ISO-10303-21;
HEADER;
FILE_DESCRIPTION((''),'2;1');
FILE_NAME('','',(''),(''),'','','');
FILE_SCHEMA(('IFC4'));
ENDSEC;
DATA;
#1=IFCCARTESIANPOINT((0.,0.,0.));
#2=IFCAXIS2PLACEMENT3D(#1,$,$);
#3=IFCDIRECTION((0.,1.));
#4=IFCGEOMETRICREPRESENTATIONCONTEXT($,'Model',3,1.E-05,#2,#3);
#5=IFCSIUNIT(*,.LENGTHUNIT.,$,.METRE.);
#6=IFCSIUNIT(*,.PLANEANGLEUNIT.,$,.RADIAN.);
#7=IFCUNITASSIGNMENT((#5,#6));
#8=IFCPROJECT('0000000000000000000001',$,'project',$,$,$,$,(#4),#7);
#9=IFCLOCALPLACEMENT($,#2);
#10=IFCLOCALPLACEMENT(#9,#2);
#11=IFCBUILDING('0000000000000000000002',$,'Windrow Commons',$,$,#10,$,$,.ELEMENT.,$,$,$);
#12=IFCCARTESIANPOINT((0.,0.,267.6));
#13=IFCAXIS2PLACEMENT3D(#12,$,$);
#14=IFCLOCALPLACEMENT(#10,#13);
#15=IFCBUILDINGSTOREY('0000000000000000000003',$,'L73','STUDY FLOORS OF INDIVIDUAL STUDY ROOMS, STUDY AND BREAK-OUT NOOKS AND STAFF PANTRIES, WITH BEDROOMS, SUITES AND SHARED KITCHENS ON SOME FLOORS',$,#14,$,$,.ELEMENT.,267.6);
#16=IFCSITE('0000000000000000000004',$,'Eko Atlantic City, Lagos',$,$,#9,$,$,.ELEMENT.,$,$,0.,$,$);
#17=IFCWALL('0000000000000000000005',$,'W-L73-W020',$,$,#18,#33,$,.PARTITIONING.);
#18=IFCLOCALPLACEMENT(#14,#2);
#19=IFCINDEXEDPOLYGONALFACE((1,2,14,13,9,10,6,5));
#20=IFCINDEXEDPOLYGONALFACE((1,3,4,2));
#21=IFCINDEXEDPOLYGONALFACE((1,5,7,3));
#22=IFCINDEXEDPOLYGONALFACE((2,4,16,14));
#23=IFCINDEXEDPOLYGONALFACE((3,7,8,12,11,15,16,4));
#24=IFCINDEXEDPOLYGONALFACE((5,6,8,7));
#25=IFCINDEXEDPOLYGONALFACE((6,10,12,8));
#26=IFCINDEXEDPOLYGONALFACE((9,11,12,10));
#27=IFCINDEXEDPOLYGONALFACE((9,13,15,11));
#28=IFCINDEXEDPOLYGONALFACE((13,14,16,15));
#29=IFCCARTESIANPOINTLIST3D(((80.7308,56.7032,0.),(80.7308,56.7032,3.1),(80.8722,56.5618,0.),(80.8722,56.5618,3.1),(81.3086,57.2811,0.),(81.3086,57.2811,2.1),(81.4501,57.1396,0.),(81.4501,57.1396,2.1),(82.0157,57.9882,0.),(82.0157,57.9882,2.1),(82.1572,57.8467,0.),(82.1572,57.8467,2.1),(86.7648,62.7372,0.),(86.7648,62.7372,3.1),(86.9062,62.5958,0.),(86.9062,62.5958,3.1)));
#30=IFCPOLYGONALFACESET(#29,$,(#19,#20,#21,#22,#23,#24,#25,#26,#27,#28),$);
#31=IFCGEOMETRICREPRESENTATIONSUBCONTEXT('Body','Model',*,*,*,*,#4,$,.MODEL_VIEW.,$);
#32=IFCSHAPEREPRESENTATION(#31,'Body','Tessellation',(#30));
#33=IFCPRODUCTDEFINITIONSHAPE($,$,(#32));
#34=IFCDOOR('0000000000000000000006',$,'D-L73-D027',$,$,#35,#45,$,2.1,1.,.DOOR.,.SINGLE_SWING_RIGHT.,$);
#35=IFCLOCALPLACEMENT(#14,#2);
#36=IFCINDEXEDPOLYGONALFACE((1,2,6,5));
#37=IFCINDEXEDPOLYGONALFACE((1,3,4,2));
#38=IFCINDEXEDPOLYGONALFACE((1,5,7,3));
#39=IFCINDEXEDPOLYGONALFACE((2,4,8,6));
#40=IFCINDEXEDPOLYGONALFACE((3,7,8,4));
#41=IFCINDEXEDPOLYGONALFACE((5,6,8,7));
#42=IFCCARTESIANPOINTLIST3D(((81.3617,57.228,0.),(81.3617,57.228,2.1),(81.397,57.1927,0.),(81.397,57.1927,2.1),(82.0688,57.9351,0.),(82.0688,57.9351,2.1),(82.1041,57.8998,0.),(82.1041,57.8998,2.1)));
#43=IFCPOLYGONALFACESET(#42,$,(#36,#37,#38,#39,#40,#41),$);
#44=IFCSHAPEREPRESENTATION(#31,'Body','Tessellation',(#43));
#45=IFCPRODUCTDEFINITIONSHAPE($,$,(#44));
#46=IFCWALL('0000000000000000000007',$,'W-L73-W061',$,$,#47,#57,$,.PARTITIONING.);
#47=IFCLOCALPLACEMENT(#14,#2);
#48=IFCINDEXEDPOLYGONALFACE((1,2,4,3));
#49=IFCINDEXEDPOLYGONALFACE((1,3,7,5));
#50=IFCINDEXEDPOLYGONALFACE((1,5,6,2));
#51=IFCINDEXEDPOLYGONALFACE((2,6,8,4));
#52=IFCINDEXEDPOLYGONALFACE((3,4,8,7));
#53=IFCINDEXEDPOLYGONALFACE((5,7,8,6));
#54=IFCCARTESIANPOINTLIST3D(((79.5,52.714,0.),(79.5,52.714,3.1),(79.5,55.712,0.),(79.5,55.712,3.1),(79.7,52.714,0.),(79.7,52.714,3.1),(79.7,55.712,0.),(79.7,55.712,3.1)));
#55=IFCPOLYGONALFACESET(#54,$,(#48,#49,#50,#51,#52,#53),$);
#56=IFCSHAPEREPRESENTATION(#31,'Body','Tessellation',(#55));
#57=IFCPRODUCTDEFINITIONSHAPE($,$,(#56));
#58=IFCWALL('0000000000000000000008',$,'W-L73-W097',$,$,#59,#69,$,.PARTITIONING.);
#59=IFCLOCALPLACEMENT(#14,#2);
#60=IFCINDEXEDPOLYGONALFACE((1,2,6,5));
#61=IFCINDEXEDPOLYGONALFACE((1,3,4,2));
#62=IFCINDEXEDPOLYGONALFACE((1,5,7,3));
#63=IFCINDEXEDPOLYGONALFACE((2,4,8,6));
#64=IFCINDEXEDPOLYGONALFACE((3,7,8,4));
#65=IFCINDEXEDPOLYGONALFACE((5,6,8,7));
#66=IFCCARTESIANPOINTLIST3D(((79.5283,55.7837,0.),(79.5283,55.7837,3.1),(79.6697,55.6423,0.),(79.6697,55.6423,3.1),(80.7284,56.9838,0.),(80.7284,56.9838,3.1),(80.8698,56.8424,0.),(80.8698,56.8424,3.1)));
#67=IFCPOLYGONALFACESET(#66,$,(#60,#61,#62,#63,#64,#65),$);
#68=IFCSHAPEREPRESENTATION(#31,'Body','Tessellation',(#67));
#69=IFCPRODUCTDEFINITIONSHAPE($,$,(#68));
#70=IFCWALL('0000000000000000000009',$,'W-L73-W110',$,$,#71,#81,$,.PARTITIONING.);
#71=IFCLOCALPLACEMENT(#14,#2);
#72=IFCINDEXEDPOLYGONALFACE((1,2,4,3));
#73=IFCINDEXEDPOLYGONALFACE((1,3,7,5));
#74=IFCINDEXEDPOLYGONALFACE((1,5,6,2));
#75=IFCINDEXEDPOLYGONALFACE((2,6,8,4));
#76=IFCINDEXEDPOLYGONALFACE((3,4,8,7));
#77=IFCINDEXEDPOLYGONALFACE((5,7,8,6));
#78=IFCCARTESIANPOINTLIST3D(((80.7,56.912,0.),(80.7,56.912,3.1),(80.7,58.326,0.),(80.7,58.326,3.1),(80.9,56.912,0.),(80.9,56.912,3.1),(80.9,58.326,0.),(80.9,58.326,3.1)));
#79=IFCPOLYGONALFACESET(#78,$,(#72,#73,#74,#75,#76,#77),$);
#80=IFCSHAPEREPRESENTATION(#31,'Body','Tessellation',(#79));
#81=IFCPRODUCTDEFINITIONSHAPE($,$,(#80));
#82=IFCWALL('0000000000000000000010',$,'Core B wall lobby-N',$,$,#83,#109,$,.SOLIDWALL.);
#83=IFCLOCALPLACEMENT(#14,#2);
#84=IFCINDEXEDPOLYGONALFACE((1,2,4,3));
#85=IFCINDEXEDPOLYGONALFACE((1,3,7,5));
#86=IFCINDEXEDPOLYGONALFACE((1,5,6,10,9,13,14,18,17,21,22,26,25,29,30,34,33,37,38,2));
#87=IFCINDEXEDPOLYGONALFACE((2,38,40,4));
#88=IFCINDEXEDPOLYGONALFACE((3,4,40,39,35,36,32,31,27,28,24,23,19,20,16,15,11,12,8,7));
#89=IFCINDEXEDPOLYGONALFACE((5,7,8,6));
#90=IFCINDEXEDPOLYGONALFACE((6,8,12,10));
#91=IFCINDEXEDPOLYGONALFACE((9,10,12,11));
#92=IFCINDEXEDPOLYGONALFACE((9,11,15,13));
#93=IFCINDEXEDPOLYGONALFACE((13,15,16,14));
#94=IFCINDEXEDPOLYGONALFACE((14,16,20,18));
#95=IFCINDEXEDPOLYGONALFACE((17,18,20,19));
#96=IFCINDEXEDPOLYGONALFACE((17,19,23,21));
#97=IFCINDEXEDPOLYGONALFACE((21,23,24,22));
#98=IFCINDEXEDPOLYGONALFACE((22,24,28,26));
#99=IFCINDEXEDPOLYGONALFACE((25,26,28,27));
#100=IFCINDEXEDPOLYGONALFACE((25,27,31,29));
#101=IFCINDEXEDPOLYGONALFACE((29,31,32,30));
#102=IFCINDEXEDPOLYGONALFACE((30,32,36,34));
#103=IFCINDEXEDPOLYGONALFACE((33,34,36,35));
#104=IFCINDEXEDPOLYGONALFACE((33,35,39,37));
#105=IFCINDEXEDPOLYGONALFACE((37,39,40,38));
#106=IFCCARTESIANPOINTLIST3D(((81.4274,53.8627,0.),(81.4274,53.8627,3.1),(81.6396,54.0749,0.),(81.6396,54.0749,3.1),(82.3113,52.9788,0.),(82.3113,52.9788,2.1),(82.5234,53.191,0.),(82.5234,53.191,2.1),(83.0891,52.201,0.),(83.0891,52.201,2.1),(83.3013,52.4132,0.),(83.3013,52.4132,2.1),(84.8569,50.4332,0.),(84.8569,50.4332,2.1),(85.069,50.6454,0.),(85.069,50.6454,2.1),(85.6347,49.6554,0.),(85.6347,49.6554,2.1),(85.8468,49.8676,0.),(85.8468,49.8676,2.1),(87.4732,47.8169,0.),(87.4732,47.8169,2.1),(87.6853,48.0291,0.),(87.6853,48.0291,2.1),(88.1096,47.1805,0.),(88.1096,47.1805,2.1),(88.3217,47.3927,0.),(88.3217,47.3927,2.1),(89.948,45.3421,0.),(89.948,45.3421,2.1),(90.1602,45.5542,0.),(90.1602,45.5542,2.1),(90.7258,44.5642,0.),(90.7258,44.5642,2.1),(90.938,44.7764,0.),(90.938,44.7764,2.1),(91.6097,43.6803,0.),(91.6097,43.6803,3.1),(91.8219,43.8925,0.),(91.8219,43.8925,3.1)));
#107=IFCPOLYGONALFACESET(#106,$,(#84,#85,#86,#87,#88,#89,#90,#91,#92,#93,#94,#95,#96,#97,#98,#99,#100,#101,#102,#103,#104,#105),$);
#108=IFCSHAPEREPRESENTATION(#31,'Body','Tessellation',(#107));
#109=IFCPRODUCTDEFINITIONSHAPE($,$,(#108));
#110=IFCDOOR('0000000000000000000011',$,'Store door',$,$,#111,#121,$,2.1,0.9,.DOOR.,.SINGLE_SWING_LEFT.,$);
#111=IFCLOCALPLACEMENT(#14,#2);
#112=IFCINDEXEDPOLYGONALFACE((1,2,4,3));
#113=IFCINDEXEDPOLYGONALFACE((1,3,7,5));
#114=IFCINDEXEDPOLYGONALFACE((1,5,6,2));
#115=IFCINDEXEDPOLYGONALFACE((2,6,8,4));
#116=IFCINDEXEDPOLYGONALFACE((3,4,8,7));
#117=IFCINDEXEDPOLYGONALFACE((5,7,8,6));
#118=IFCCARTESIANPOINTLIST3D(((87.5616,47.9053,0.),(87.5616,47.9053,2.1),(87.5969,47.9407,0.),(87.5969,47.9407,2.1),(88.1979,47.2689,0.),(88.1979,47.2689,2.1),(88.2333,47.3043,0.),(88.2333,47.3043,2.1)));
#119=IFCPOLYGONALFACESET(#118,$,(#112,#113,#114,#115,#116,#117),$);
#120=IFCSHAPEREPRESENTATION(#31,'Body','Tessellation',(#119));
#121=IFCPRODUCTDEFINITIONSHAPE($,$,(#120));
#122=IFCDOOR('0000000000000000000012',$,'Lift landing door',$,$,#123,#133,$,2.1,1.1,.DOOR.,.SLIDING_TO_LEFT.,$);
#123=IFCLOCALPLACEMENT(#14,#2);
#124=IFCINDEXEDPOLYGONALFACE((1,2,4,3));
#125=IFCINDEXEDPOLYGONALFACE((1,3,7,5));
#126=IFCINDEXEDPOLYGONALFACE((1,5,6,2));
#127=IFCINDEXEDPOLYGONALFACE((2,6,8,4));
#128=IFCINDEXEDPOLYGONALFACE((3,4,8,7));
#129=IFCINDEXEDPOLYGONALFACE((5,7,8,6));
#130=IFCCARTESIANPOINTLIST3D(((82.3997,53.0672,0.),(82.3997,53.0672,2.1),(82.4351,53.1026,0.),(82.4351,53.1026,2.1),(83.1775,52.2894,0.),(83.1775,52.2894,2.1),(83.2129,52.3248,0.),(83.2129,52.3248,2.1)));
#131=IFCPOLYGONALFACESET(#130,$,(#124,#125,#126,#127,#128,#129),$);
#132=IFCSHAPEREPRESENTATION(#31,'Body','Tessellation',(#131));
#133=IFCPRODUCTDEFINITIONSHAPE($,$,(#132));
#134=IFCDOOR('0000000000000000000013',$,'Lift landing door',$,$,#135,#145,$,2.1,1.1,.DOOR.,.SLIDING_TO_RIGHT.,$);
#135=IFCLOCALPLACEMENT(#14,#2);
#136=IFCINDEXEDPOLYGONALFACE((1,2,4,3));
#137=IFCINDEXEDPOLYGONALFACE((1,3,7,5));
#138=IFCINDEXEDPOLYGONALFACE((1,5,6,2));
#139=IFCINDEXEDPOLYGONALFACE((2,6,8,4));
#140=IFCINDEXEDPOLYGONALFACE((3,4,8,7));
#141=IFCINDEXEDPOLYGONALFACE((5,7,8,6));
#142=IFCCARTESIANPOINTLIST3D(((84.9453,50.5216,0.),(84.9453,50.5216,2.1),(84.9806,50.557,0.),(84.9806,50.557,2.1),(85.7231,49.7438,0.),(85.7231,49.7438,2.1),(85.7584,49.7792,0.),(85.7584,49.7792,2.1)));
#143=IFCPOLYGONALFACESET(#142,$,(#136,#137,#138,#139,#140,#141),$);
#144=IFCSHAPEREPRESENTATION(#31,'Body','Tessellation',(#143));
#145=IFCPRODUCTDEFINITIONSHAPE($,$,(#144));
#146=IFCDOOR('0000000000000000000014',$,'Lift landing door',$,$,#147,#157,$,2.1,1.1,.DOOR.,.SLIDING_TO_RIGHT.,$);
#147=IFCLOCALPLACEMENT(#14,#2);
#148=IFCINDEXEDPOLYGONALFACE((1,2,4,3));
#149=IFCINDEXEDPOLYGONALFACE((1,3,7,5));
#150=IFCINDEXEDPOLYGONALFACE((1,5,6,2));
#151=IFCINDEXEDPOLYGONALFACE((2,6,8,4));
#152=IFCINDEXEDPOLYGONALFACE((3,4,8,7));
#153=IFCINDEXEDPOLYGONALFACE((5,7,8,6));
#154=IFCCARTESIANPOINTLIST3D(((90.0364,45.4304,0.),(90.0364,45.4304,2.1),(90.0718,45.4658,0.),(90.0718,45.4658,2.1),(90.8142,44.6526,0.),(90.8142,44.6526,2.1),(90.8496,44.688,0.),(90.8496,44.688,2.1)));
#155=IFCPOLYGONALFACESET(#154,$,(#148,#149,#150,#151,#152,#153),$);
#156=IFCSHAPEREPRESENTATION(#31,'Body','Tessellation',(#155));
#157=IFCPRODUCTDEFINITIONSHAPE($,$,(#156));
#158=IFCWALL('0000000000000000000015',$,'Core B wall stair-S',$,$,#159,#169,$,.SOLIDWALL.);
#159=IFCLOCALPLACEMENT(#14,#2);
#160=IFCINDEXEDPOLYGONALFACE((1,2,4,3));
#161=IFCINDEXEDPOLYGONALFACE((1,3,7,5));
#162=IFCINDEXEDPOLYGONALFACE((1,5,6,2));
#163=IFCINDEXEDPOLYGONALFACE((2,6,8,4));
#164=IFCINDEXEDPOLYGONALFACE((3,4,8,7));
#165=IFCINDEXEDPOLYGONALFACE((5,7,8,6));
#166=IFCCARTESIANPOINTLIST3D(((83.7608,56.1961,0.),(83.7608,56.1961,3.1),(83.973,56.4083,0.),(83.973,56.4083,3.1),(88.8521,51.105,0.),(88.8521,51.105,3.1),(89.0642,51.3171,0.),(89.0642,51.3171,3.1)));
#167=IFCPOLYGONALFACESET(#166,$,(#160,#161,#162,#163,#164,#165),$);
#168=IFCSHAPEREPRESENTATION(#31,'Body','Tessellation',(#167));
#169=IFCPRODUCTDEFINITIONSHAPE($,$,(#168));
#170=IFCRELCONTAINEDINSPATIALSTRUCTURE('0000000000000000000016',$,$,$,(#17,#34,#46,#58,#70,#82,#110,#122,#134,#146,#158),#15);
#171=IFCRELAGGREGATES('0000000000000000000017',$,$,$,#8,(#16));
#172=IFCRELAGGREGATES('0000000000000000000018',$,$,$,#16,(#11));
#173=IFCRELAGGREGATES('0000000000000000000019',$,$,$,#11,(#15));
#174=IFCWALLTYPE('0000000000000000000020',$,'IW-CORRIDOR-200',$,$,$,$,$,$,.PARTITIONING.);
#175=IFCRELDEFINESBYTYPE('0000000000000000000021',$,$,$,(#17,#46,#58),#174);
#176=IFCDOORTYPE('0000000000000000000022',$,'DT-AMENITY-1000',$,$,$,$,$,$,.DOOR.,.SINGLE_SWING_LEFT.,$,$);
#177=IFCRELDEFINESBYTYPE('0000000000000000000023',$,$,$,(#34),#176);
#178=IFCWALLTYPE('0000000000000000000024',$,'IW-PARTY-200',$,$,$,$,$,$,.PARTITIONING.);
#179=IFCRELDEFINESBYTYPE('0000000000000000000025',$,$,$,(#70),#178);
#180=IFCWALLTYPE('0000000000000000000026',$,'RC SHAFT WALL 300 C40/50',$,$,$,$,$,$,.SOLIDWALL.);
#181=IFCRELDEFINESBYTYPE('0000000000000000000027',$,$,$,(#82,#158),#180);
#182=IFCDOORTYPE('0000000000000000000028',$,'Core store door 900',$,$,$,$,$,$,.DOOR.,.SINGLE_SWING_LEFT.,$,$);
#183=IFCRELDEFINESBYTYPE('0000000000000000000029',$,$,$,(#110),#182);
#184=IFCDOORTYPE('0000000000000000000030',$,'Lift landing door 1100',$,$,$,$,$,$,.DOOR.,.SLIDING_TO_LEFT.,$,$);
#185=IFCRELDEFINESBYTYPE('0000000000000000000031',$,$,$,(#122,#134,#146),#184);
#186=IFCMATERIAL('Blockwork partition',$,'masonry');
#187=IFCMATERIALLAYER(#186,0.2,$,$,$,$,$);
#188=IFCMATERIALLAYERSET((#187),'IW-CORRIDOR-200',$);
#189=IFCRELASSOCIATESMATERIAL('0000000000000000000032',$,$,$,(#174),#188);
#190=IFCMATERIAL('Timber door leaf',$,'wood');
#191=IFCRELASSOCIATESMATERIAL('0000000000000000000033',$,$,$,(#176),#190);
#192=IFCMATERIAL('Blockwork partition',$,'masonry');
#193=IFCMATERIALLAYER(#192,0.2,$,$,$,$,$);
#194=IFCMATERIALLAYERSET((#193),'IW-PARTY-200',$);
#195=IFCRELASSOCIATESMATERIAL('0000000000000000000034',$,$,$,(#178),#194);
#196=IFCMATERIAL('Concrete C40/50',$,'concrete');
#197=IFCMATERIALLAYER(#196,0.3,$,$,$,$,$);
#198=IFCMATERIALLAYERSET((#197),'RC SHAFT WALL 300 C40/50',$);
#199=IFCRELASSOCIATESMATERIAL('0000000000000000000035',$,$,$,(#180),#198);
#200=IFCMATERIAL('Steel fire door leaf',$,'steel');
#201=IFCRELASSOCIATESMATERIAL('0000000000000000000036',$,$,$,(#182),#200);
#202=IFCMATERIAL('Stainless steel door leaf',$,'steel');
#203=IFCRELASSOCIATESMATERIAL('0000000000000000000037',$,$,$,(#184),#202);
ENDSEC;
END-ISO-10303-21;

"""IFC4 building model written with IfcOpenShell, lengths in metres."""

from ifc_helpers import new_model, si_unit, direction, frame, frame_2d, origin, place, context, subcontext, project, spatial, rectangle, extrude, material, layer, layer_set, type_object, element, fill, save


model = new_model("IFC4")

# Units and contexts
model_context = context("Model", 3, precision=1e-05, world=origin(), true_north=direction((0.0, 1.0)))
body_context = subcontext(model_context, "Body", "Model", "MODEL_VIEW")
ifc_project = project(units=[si_unit("LENGTHUNIT", "METRE"), si_unit("PLANEANGLEUNIT", "RADIAN")], contexts=[model_context])

# Site, building, storey
site_placement = place(None, origin())
site = spatial("IfcSite", under=ifc_project, at=site_placement, Name="Eko Atlantic City, Lagos", CompositionType="ELEMENT", RefElevation=0.0)
building_placement = place(site_placement, origin())
building = spatial("IfcBuilding", under=site, at=building_placement, Name="Windrow Commons", CompositionType="ELEMENT")
storey_placement = place(building_placement, frame((0.0, 0.0, 267.6)))
storey = spatial("IfcBuildingStorey", under=building, at=storey_placement, Name="L73", Description="STUDY FLOORS OF INDIVIDUAL STUDY ROOMS, STUDY AND BREAK-OUT NOOKS AND STAFF PANTRIES, WITH BEDROOMS, SUITES AND SHARED KITCHENS ON SOME FLOORS", CompositionType="ELEMENT", Elevation=267.6)

# Wall, opening, door
ifc_material_1 = material(Name="Blockwork partition", Category="masonry")
ifc_layer_1 = layer(ifc_material_1, 0.2)
ifc_layer_set_1 = layer_set([ifc_layer_1], Name="IW-CORRIDOR-200")
wall_type_1 = type_object("IfcWallType", Name="IW-CORRIDOR-200", PredefinedType="PARTITIONING", material=ifc_layer_set_1)
wall_1_placement = place(storey_placement, frame((80.8015, 56.6325, 0.0), z_axis=(0.0, 0.0, 1.0), x_axis=(0.707107, 0.707107, 0.0)))
wall_1 = element("IfcWall", 1, at=wall_1_placement, inside=storey, type_object=wall_type_1, Name="W-L73-W020", PredefinedType="PARTITIONING", context=body_context, shape_type="SweptSolid", body=[
    extrude(rectangle(XDim=8.5334, YDim=0.2, at=frame_2d((4.2667, 0.0))), origin(), (0.0, 0.0, 1.0), 3.1),
])
opening_1_placement = place(wall_1_placement, frame((0.8172, 0.0, 0.0)))
opening_1 = element("IfcOpeningElement", 2, at=opening_1_placement, cuts=wall_1, PredefinedType="OPENING", context=body_context, shape_type="SweptSolid", body=[
    extrude(rectangle(XDim=1.0, YDim=2.1, at=frame_2d((0.5, 1.05))), frame((0.0, 0.11, 0.0), z_axis=(0.0, -1.0, 0.0), x_axis=(1.0, 0.0, 0.0)), (0.0, 0.0, 1.0), 0.22),
])
ifc_material_2 = material(Name="Timber door leaf", Category="wood")
door_type_1 = type_object("IfcDoorType", Name="DT-AMENITY-1000", OperationType="SINGLE_SWING_LEFT", PredefinedType="DOOR", material=ifc_material_2)
door_1_placement = place(opening_1_placement, origin())
door_1 = element("IfcDoor", 3, at=door_1_placement, inside=storey, type_object=door_type_1, Name="D-L73-D027", OperationType="SINGLE_SWING_RIGHT", OverallHeight=2.1, OverallWidth=1.0, PredefinedType="DOOR", context=body_context, shape_type="SweptSolid", body=[
    extrude(rectangle(XDim=1.0, YDim=2.1, at=frame_2d((0.5, 1.05))), frame((0.0, 0.025, 0.0), z_axis=(0.0, -1.0, 0.0), x_axis=(1.0, 0.0, 0.0)), (0.0, 0.0, 1.0), 0.05),
])
fill(opening_1, door_1)

# Walls
wall_2_placement = place(storey_placement, frame((79.6, 52.714, 0.0), z_axis=(0.0, 0.0, 1.0), x_axis=(0.0, 1.0, 0.0)))
element("IfcWall", 4, at=wall_2_placement, inside=storey, type_object=wall_type_1, Name="W-L73-W061", PredefinedType="PARTITIONING", context=body_context, shape_type="SweptSolid", body=[
    extrude(rectangle(XDim=2.998, YDim=0.2, at=frame_2d((1.499, 0.0))), origin(), (0.0, 0.0, 1.0), 3.1),
])
wall_3_placement = place(storey_placement, frame((79.599, 55.713, 0.0), z_axis=(0.0, 0.0, 1.0), x_axis=(0.707107, 0.707107, 0.0)))
element("IfcWall", 5, at=wall_3_placement, inside=storey, type_object=wall_type_1, Name="W-L73-W097", PredefinedType="PARTITIONING", context=body_context, shape_type="SweptSolid", body=[
    extrude(rectangle(XDim=1.6971, YDim=0.2, at=frame_2d((0.8486, 0.0))), origin(), (0.0, 0.0, 1.0), 3.1),
])
ifc_material_3 = material(Name="Blockwork partition", Category="masonry")
ifc_layer_2 = layer(ifc_material_3, 0.2)
ifc_layer_set_2 = layer_set([ifc_layer_2], Name="IW-PARTY-200")
wall_type_2 = type_object("IfcWallType", Name="IW-PARTY-200", PredefinedType="PARTITIONING", material=ifc_layer_set_2)
wall_4_placement = place(storey_placement, frame((80.8, 56.912, 0.0), z_axis=(0.0, 0.0, 1.0), x_axis=(0.0, 1.0, 0.0)))
element("IfcWall", 6, at=wall_4_placement, inside=storey, type_object=wall_type_2, Name="W-L73-W110", PredefinedType="PARTITIONING", context=body_context, shape_type="SweptSolid", body=[
    extrude(rectangle(XDim=1.414, YDim=0.2, at=frame_2d((0.707, 0.0))), origin(), (0.0, 0.0, 1.0), 3.1),
])

# Wall, openings, doors
ifc_material_4 = material(Name="Concrete C40/50", Category="concrete")
ifc_layer_3 = layer(ifc_material_4, 0.3)
ifc_layer_set_3 = layer_set([ifc_layer_3], Name="RC SHAFT WALL 300 C40/50")
wall_type_3 = type_object("IfcWallType", Name="RC SHAFT WALL 300 C40/50", PredefinedType="SOLIDWALL", material=ifc_layer_set_3)
wall_5_placement = place(storey_placement, frame((81.5335, 53.9688, 0.0), z_axis=(0.0, 0.0, 1.0), x_axis=(0.707103, -0.70711, 0.0)))
wall_5 = element("IfcWall", 7, at=wall_5_placement, inside=storey, type_object=wall_type_3, Name="Core B wall lobby-N", PredefinedType="SOLIDWALL", context=body_context, shape_type="SweptSolid", body=[
    extrude(rectangle(XDim=14.4, YDim=0.3, at=frame_2d((7.2, 0.0))), origin(), (0.0, 0.0, 1.0), 3.1),
])
opening_2_placement = place(wall_5_placement, frame((8.55, 0.0, 0.0)))
opening_2 = element("IfcOpeningElement", 8, at=opening_2_placement, cuts=wall_5, PredefinedType="OPENING", context=body_context, shape_type="SweptSolid", body=[
    extrude(rectangle(XDim=0.9, YDim=2.1, at=frame_2d((0.45, 1.05))), frame((0.0, 0.16, 0.0), z_axis=(0.0, -1.0, 0.0), x_axis=(1.0, 0.0, 0.0)), (0.0, 0.0, 1.0), 0.32),
])
opening_3_placement = place(wall_5_placement, frame((1.25, 0.0, 0.0)))
opening_3 = element("IfcOpeningElement", 9, at=opening_3_placement, cuts=wall_5, PredefinedType="OPENING", context=body_context, shape_type="SweptSolid", body=[
    extrude(rectangle(XDim=1.1, YDim=2.1, at=frame_2d((0.55, 1.05))), frame((0.0, 0.16, 0.0), z_axis=(0.0, -1.0, 0.0), x_axis=(1.0, 0.0, 0.0)), (0.0, 0.0, 1.0), 0.32),
])
opening_4_placement = place(wall_5_placement, frame((4.85, 0.0, 0.0)))
opening_4 = element("IfcOpeningElement", 10, at=opening_4_placement, cuts=wall_5, PredefinedType="OPENING", context=body_context, shape_type="SweptSolid", body=[
    extrude(rectangle(XDim=1.1, YDim=2.1, at=frame_2d((0.55, 1.05))), frame((0.0, 0.16, 0.0), z_axis=(0.0, -1.0, 0.0), x_axis=(1.0, 0.0, 0.0)), (0.0, 0.0, 1.0), 0.32),
])
opening_5_placement = place(wall_5_placement, frame((12.05, 0.0, 0.0)))
opening_5 = element("IfcOpeningElement", 11, at=opening_5_placement, cuts=wall_5, PredefinedType="OPENING", context=body_context, shape_type="SweptSolid", body=[
    extrude(rectangle(XDim=1.1, YDim=2.1, at=frame_2d((0.55, 1.05))), frame((0.0, 0.16, 0.0), z_axis=(0.0, -1.0, 0.0), x_axis=(1.0, 0.0, 0.0)), (0.0, 0.0, 1.0), 0.32),
])
ifc_material_5 = material(Name="Steel fire door leaf", Category="steel")
door_type_2 = type_object("IfcDoorType", Name="Core store door 900", OperationType="SINGLE_SWING_LEFT", PredefinedType="DOOR", material=ifc_material_5)
door_2_placement = place(opening_2_placement, origin())
door_2 = element("IfcDoor", 12, at=door_2_placement, inside=storey, type_object=door_type_2, Name="Store door", OperationType="SINGLE_SWING_LEFT", OverallHeight=2.1, OverallWidth=0.9, PredefinedType="DOOR", context=body_context, shape_type="SweptSolid", body=[
    extrude(rectangle(XDim=0.9, YDim=2.1, at=frame_2d((0.45, 1.05))), frame((0.0, 0.025, 0.0), z_axis=(0.0, -1.0, 0.0), x_axis=(1.0, 0.0, 0.0)), (0.0, 0.0, 1.0), 0.05),
])
fill(opening_2, door_2)
ifc_material_6 = material(Name="Stainless steel door leaf", Category="steel")
door_type_3 = type_object("IfcDoorType", Name="Lift landing door 1100", OperationType="SLIDING_TO_LEFT", PredefinedType="DOOR", material=ifc_material_6)
door_3_placement = place(opening_3_placement, origin())
door_3 = element("IfcDoor", 13, at=door_3_placement, inside=storey, type_object=door_type_3, Name="Lift landing door", OperationType="SLIDING_TO_LEFT", OverallHeight=2.1, OverallWidth=1.1, PredefinedType="DOOR", context=body_context, shape_type="SweptSolid", body=[
    extrude(rectangle(XDim=1.1, YDim=2.1, at=frame_2d((0.55, 1.05))), frame((0.0, 0.025, 0.0), z_axis=(0.0, -1.0, 0.0), x_axis=(1.0, 0.0, 0.0)), (0.0, 0.0, 1.0), 0.05),
])
fill(opening_3, door_3)
door_4_placement = place(opening_4_placement, origin())
door_4 = element("IfcDoor", 14, at=door_4_placement, inside=storey, type_object=door_type_3, Name="Lift landing door", OperationType="SLIDING_TO_RIGHT", OverallHeight=2.1, OverallWidth=1.1, PredefinedType="DOOR", context=body_context, shape_type="SweptSolid", body=[
    extrude(rectangle(XDim=1.1, YDim=2.1, at=frame_2d((0.55, 1.05))), frame((0.0, 0.025, 0.0), z_axis=(0.0, -1.0, 0.0), x_axis=(1.0, 0.0, 0.0)), (0.0, 0.0, 1.0), 0.05),
])
fill(opening_4, door_4)
door_5_placement = place(opening_5_placement, origin())
door_5 = element("IfcDoor", 15, at=door_5_placement, inside=storey, type_object=door_type_3, Name="Lift landing door", OperationType="SLIDING_TO_RIGHT", OverallHeight=2.1, OverallWidth=1.1, PredefinedType="DOOR", context=body_context, shape_type="SweptSolid", body=[
    extrude(rectangle(XDim=1.1, YDim=2.1, at=frame_2d((0.55, 1.05))), frame((0.0, 0.025, 0.0), z_axis=(0.0, -1.0, 0.0), x_axis=(1.0, 0.0, 0.0)), (0.0, 0.0, 1.0), 0.05),
])
fill(opening_5, door_5)

# Wall
wall_6_placement = place(storey_placement, frame((83.8669, 56.3022, 0.0), z_axis=(0.0, 0.0, 1.0), x_axis=(0.707114, -0.7071, 0.0)))
element("IfcWall", 16, at=wall_6_placement, inside=storey, type_object=wall_type_3, Name="Core B wall stair-S", PredefinedType="SOLIDWALL", context=body_context, shape_type="SweptSolid", body=[
    extrude(rectangle(XDim=7.2, YDim=0.3, at=frame_2d((3.6, 0.0))), origin(), (0.0, 0.0, 1.0), 3.1),
])

save(model, "model.ifc")
